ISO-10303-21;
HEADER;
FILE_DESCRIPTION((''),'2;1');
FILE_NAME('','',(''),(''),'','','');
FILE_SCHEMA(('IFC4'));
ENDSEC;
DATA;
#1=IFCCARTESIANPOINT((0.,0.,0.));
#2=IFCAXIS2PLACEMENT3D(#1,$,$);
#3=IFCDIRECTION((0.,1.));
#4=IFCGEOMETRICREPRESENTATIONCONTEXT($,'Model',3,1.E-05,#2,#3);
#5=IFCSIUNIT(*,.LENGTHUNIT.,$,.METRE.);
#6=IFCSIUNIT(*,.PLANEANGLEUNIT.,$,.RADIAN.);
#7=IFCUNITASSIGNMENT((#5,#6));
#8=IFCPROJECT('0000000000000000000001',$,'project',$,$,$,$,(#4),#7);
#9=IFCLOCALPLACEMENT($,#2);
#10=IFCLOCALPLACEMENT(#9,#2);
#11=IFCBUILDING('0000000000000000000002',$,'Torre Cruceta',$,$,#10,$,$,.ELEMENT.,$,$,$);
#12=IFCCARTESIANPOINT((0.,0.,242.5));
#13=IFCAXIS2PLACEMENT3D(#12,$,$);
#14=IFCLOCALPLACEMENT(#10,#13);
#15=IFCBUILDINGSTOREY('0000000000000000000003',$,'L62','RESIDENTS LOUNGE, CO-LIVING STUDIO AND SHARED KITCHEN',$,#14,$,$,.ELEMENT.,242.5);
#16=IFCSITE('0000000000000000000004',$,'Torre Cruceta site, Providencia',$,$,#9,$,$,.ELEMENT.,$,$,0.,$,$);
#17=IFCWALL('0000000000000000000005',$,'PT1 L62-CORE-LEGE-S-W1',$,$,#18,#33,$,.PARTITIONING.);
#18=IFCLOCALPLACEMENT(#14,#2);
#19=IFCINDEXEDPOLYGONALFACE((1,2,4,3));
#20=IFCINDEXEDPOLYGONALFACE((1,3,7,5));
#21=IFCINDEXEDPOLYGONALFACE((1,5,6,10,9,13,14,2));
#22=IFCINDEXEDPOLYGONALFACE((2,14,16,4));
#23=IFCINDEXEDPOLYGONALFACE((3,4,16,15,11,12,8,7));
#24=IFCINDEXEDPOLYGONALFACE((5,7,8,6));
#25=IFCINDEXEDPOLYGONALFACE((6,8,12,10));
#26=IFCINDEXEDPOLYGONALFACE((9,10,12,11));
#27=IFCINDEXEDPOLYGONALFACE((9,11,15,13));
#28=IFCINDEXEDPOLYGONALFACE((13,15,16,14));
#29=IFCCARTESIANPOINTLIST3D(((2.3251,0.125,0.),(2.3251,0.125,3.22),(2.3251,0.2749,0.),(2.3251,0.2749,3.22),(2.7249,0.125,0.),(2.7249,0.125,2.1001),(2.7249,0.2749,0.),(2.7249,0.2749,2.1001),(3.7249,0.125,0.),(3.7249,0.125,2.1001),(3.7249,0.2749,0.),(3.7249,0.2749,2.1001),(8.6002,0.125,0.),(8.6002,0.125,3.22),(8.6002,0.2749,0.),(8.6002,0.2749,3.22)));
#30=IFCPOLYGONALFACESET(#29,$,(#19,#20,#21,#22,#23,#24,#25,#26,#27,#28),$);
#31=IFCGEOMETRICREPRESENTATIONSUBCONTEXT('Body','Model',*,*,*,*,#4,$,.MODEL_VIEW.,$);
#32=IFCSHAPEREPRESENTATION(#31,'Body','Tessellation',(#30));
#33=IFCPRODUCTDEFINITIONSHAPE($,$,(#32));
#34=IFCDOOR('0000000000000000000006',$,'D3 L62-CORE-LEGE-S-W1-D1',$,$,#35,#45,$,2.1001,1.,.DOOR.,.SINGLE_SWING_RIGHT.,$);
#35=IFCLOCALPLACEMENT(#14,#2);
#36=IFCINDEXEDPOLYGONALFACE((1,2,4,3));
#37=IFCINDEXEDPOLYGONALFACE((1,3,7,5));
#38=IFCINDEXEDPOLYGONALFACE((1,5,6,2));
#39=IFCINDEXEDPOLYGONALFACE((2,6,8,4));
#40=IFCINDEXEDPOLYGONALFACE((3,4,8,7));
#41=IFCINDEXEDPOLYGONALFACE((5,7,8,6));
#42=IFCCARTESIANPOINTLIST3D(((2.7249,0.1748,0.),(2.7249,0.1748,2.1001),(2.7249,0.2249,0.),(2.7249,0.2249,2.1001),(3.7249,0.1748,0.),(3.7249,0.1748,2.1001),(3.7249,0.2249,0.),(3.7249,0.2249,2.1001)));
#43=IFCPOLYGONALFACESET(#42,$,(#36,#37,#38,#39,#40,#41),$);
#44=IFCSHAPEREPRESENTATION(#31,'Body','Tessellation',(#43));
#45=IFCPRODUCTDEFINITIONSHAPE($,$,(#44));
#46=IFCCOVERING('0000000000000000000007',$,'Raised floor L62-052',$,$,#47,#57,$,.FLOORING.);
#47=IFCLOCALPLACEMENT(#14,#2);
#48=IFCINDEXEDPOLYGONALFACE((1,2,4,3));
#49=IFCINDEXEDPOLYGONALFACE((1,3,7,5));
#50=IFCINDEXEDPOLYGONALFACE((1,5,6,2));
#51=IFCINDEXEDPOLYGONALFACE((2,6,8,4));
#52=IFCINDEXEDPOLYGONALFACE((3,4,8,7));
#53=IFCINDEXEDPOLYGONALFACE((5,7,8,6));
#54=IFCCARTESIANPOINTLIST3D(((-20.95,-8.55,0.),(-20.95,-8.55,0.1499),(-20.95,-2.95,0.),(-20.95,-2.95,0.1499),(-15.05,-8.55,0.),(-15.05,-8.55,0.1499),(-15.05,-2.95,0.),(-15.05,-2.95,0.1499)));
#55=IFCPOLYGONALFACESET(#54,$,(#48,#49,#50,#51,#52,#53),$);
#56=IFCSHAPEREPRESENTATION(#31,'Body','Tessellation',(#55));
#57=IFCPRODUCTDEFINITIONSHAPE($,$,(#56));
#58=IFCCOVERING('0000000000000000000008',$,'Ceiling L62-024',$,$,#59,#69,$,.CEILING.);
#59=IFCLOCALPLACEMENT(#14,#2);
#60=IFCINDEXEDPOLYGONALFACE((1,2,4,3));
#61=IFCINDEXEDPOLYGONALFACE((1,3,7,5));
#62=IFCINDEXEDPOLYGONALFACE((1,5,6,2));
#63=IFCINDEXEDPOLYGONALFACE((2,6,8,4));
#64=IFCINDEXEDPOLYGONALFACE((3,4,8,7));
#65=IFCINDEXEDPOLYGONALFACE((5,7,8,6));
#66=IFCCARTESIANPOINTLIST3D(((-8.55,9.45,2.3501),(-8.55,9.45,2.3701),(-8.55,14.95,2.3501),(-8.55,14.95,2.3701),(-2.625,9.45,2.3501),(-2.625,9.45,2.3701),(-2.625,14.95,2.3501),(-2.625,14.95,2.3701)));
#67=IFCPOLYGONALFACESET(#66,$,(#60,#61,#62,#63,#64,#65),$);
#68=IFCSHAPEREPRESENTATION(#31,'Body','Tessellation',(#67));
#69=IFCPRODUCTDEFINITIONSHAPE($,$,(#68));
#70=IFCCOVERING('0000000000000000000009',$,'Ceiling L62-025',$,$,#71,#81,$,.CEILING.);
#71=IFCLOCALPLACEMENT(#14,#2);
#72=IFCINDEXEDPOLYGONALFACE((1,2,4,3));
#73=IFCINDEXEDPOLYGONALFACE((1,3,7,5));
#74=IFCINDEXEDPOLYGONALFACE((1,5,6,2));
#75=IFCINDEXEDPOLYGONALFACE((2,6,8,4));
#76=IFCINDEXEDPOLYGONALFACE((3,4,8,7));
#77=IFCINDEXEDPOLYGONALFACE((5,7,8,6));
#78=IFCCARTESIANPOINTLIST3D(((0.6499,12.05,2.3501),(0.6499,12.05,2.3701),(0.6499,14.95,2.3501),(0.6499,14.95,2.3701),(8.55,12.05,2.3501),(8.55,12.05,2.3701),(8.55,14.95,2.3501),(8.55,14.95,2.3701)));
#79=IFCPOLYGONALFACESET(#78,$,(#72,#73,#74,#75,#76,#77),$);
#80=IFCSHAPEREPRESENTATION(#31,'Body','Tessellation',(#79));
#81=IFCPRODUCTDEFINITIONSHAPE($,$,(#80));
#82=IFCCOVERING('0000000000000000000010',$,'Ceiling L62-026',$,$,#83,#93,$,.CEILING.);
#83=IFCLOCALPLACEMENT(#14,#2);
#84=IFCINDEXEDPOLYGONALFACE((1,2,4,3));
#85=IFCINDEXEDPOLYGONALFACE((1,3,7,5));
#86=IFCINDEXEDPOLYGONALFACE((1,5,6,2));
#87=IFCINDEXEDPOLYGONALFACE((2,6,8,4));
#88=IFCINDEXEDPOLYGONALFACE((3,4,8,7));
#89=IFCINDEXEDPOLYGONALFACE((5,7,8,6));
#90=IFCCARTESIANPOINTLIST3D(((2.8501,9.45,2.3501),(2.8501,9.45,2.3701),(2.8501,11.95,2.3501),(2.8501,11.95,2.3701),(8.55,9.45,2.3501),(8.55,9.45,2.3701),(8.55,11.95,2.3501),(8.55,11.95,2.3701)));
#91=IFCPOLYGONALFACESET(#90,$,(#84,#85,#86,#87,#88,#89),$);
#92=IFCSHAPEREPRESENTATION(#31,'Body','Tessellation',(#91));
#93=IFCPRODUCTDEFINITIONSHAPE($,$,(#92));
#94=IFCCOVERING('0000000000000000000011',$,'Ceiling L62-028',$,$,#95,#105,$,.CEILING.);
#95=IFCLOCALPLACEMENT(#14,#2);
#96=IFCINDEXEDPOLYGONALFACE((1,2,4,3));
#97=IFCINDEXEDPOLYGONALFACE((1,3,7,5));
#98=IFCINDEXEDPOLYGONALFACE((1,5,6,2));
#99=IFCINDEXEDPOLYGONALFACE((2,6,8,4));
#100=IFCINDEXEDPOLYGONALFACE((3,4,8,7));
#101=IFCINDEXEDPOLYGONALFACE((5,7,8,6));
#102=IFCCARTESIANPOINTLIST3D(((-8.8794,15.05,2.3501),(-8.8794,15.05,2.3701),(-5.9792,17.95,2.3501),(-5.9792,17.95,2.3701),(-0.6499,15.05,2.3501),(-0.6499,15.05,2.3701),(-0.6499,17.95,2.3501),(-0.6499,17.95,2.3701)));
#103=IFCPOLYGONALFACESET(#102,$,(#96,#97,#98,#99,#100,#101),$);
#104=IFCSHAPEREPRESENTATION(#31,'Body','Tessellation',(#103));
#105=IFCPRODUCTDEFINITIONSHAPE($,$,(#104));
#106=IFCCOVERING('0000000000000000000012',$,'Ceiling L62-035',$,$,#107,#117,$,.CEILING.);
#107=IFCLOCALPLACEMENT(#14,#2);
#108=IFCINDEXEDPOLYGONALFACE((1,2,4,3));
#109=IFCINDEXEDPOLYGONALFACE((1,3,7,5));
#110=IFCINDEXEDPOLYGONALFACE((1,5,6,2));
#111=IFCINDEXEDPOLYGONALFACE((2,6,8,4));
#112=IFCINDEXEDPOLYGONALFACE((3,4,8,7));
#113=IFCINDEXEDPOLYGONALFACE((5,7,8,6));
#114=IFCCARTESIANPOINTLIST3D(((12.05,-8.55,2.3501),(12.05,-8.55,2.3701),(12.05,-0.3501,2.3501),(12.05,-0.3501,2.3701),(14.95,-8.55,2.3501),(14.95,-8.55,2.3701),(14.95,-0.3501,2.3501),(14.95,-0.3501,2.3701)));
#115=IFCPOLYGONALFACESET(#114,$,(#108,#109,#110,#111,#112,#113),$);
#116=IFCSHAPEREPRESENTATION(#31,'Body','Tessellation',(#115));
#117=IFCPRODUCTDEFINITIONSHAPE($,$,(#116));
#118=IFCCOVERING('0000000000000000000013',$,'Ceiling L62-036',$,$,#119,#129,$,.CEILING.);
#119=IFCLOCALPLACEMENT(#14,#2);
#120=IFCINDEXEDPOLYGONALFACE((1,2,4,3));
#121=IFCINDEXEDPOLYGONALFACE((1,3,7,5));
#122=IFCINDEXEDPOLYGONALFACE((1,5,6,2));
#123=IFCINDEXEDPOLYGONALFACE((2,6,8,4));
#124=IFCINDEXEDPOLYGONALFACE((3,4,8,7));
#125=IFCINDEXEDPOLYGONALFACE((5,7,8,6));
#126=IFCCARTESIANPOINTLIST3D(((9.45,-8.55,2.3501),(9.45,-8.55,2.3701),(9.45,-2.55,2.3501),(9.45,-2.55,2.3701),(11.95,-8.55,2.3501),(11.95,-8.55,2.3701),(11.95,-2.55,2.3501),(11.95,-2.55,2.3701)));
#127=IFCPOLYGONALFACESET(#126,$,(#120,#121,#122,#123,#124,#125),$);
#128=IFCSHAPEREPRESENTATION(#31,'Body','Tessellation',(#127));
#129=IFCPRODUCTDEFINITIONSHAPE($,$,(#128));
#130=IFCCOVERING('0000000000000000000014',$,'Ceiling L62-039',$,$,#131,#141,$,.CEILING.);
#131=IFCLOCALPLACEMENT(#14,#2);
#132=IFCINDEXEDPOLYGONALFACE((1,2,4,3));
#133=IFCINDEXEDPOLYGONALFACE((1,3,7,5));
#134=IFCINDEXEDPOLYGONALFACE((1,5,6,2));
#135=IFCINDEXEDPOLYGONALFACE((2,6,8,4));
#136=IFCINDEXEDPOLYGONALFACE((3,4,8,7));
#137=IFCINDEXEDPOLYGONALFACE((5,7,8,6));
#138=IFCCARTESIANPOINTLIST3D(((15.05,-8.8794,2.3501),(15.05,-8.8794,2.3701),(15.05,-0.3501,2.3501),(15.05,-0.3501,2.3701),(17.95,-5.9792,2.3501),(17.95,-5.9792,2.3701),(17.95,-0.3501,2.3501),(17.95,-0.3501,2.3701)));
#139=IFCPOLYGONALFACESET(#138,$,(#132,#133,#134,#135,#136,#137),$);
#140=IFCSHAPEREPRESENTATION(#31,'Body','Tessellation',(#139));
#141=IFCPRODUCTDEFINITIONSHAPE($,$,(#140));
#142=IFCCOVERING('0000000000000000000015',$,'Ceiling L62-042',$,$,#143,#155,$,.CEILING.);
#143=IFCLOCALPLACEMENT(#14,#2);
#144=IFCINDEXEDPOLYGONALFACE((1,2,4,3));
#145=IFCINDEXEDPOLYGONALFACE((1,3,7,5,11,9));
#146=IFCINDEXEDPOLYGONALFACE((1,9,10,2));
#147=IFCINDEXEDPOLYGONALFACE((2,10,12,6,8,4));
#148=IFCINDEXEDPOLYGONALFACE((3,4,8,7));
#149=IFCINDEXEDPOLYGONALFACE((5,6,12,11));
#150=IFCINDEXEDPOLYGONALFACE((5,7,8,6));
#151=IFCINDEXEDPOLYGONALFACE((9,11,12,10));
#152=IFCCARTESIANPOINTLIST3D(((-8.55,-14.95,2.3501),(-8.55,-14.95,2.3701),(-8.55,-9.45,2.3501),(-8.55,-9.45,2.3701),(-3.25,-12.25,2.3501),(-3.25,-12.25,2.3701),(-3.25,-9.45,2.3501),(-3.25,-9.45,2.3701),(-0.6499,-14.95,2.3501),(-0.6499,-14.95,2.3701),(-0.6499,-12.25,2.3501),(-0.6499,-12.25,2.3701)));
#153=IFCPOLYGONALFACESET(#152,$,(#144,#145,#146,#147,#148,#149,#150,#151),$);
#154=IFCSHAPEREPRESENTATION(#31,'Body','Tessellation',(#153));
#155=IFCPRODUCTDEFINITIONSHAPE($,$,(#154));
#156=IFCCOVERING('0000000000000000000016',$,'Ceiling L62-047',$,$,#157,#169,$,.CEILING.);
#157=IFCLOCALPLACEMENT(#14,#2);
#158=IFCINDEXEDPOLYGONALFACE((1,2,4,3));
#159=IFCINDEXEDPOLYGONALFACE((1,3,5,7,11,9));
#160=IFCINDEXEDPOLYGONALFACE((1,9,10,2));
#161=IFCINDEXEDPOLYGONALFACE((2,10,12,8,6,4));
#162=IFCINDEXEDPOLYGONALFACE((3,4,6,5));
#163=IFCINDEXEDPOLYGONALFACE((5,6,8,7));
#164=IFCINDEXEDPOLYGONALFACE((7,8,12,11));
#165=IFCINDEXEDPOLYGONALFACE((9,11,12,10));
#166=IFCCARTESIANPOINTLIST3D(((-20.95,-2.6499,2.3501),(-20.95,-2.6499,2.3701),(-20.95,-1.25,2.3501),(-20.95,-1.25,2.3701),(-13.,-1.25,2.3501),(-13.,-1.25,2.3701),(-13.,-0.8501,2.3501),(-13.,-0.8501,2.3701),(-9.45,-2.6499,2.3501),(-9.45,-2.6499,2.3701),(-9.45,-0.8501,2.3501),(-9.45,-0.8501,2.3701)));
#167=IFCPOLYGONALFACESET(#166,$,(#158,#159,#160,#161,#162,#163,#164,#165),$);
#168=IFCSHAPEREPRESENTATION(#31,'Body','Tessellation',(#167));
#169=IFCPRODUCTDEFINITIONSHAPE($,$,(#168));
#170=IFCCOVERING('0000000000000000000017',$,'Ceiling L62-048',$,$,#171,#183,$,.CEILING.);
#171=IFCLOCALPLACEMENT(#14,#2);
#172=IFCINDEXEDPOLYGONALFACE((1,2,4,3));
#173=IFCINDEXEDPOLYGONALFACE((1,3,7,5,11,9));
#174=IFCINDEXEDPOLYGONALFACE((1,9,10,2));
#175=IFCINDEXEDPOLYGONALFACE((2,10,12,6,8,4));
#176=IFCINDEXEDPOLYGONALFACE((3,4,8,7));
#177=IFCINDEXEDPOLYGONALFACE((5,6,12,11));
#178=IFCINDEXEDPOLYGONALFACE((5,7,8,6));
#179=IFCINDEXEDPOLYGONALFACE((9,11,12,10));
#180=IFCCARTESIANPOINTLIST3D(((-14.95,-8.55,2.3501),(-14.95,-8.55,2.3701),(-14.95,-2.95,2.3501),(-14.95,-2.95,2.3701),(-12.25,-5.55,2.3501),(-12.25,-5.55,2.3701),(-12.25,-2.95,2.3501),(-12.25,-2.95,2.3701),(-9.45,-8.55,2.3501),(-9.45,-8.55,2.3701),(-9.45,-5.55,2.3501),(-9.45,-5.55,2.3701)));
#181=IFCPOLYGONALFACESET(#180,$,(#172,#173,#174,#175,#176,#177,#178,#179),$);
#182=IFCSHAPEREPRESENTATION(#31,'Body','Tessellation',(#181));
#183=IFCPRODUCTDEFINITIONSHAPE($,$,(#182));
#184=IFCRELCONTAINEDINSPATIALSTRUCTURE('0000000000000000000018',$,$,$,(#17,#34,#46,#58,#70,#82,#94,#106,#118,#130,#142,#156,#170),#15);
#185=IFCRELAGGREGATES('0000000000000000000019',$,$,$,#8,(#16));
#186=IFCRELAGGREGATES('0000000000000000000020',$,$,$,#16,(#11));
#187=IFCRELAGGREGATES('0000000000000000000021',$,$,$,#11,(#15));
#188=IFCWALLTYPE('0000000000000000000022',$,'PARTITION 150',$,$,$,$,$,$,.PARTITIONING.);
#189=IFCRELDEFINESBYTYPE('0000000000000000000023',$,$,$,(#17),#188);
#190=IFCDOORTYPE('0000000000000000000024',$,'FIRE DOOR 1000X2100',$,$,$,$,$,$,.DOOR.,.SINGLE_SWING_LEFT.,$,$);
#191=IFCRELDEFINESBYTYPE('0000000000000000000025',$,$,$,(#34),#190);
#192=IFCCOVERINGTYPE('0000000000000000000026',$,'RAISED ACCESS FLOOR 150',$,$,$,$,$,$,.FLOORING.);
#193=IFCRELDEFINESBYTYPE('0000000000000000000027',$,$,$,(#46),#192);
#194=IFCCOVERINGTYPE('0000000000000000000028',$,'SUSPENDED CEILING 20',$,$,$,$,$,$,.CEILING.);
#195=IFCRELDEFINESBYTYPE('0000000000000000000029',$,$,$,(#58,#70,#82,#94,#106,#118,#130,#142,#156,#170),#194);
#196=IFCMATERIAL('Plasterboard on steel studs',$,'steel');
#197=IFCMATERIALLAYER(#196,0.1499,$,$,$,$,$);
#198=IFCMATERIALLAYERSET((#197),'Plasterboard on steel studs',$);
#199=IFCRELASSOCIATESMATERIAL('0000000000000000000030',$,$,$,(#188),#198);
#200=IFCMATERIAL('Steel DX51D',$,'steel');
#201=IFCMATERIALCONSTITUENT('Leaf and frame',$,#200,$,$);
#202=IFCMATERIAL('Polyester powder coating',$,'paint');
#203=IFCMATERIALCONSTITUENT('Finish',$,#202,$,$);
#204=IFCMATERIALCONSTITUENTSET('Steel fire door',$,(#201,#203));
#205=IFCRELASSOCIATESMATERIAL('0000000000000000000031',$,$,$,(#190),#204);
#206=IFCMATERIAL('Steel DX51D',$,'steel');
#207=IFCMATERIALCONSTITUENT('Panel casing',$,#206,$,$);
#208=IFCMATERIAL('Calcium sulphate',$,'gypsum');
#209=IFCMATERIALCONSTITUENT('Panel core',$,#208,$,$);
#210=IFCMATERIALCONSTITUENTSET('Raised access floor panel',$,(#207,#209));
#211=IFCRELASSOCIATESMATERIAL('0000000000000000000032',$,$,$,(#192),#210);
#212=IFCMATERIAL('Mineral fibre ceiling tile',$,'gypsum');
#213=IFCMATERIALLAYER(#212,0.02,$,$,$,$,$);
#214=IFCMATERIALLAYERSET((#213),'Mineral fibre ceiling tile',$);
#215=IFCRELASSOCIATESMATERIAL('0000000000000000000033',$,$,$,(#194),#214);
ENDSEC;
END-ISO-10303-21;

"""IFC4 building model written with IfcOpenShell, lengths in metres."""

from ifc_helpers import new_model, si_unit, direction, frame, frame_2d, origin, place, context, subcontext, project, spatial, polyline, rectangle, outline, extrude, material, layer, layer_set, constituent, constituent_set, type_object, element, fill, save


model = new_model("IFC4")

# Units and contexts
model_context = context("Model", 3, precision=1e-05, world=origin(), true_north=direction((0.0, 1.0)))
body_context = subcontext(model_context, "Body", "Model", "MODEL_VIEW")
ifc_project = project(units=[si_unit("LENGTHUNIT", "METRE"), si_unit("PLANEANGLEUNIT", "RADIAN")], contexts=[model_context])

# Site, building, storey
site_placement = place(None, origin())
site = spatial("IfcSite", under=ifc_project, at=site_placement, Name="Torre Cruceta site, Providencia", CompositionType="ELEMENT", RefElevation=0.0)
building_placement = place(site_placement, origin())
building = spatial("IfcBuilding", under=site, at=building_placement, Name="Torre Cruceta", CompositionType="ELEMENT")
storey_placement = place(building_placement, frame((0.0, 0.0, 242.5)))
storey = spatial("IfcBuildingStorey", under=building, at=storey_placement, Name="L62", Description="RESIDENTS LOUNGE, CO-LIVING STUDIO AND SHARED KITCHEN", CompositionType="ELEMENT", Elevation=242.5)

# Wall, opening, door
ifc_material_1 = material(Name="Plasterboard on steel studs", Category="steel")
ifc_layer_1 = layer(ifc_material_1, 0.1499)
ifc_layer_set_1 = layer_set([ifc_layer_1], Name="Plasterboard on steel studs")
wall_type_1 = type_object("IfcWallType", Name="PARTITION 150", PredefinedType="PARTITIONING", material=ifc_layer_set_1)
wall_1_placement = place(storey_placement, frame((2.325, 0.2, 0.0), z_axis=(0.0, 0.0, 1.0), x_axis=(1.0, 0.0, 0.0)))
wall_1 = element("IfcWall", 1, at=wall_1_placement, inside=storey, type_object=wall_type_1, Name="PT1 L62-CORE-LEGE-S-W1", PredefinedType="PARTITIONING", context=body_context, shape_type="SweptSolid", body=[
    extrude(rectangle(XDim=6.2751, YDim=0.1499, at=frame_2d((3.1377, 0.0))), origin(), (0.0, 0.0, 1.0), 3.22),
])
opening_1_placement = place(wall_1_placement, frame((0.3999, 0.0, 0.0)))
opening_1 = element("IfcOpeningElement", 2, at=opening_1_placement, cuts=wall_1, PredefinedType="OPENING", context=body_context, shape_type="SweptSolid", body=[
    extrude(rectangle(XDim=1.0, YDim=2.1001, at=frame_2d((0.5, 1.05))), frame((0.0, 0.085, 0.0), z_axis=(0.0, -1.0, 0.0), x_axis=(1.0, 0.0, 0.0)), (0.0, 0.0, 1.0), 0.1699),
])
ifc_material_2 = material(Name="Steel DX51D", Category="steel")
ifc_constituent_1 = constituent(ifc_material_2, Name="Leaf and frame")
ifc_material_3 = material(Name="Polyester powder coating", Category="paint")
ifc_constituent_2 = constituent(ifc_material_3, Name="Finish")
ifc_constituent_set_1 = constituent_set(constituents=[ifc_constituent_1, ifc_constituent_2], Name="Steel fire door")
door_type_1 = type_object("IfcDoorType", Name="FIRE DOOR 1000X2100", OperationType="SINGLE_SWING_LEFT", PredefinedType="DOOR", material=ifc_constituent_set_1)
door_1_placement = place(opening_1_placement, frame((1.0, 0.0, 0.0), z_axis=(0.0, 0.0, 1.0), x_axis=(-1.0, 0.0, 0.0)))
door_1 = element("IfcDoor", 3, at=door_1_placement, inside=storey, type_object=door_type_1, Name="D3 L62-CORE-LEGE-S-W1-D1", OperationType="SINGLE_SWING_RIGHT", OverallHeight=2.1001, OverallWidth=1.0, PredefinedType="DOOR", context=body_context, shape_type="SweptSolid", body=[
    extrude(rectangle(XDim=1.0, YDim=2.1001, at=frame_2d((0.5, 1.05))), frame((0.0, 0.0251, 0.0), z_axis=(0.0, -1.0, 0.0), x_axis=(1.0, 0.0, 0.0)), (0.0, 0.0, 1.0), 0.05),
])
fill(opening_1, door_1)

# Coverings
ifc_material_4 = material(Name="Steel DX51D", Category="steel")
ifc_constituent_3 = constituent(ifc_material_4, Name="Panel casing")
ifc_material_5 = material(Name="Calcium sulphate", Category="gypsum")
ifc_constituent_4 = constituent(ifc_material_5, Name="Panel core")
ifc_constituent_set_2 = constituent_set(constituents=[ifc_constituent_3, ifc_constituent_4], Name="Raised access floor panel")
covering_type_1 = type_object("IfcCoveringType", Name="RAISED ACCESS FLOOR 150", PredefinedType="FLOORING", material=ifc_constituent_set_2)
covering_1_placement = place(storey_placement, origin())
element("IfcCovering", 4, at=covering_1_placement, inside=storey, type_object=covering_type_1, Name="Raised floor L62-052", PredefinedType="FLOORING", context=body_context, shape_type="SweptSolid", body=[
    extrude(outline(polyline([(-15.05, -2.95), (-15.05, -8.55), (-20.95, -8.55), (-20.95, -2.95), (-15.05, -2.95)])), origin(), (0.0, 0.0, 1.0), 0.1499),
])
ifc_material_6 = material(Name="Mineral fibre ceiling tile", Category="gypsum")
ifc_layer_2 = layer(ifc_material_6, 0.02)
ifc_layer_set_2 = layer_set([ifc_layer_2], Name="Mineral fibre ceiling tile")
covering_type_2 = type_object("IfcCoveringType", Name="SUSPENDED CEILING 20", PredefinedType="CEILING", material=ifc_layer_set_2)
covering_2_placement = place(storey_placement, frame((0.0, 0.0, 2.3501)))
element("IfcCovering", 5, at=covering_2_placement, inside=storey, type_object=covering_type_2, Name="Ceiling L62-024", PredefinedType="CEILING", context=body_context, shape_type="SweptSolid", body=[
    extrude(outline(polyline([(-2.625, 9.45), (-8.55, 9.45), (-8.55, 14.95), (-2.625, 14.95), (-2.625, 9.45)])), origin(), (0.0, 0.0, 1.0), 0.02),
])
covering_3_placement = place(storey_placement, frame((0.0, 0.0, 2.3501)))
element("IfcCovering", 6, at=covering_3_placement, inside=storey, type_object=covering_type_2, Name="Ceiling L62-025", PredefinedType="CEILING", context=body_context, shape_type="SweptSolid", body=[
    extrude(outline(polyline([(8.55, 14.95), (8.55, 12.05), (0.6499, 12.05), (0.6499, 14.95), (8.55, 14.95)])), origin(), (0.0, 0.0, 1.0), 0.02),
])
covering_4_placement = place(storey_placement, frame((0.0, 0.0, 2.3501)))
element("IfcCovering", 7, at=covering_4_placement, inside=storey, type_object=covering_type_2, Name="Ceiling L62-026", PredefinedType="CEILING", context=body_context, shape_type="SweptSolid", body=[
    extrude(outline(polyline([(8.55, 9.45), (2.8501, 9.45), (2.8501, 11.95), (8.55, 11.95), (8.55, 9.45)])), origin(), (0.0, 0.0, 1.0), 0.02),
])
covering_5_placement = place(storey_placement, frame((0.0, 0.0, 2.3501)))
element("IfcCovering", 8, at=covering_5_placement, inside=storey, type_object=covering_type_2, Name="Ceiling L62-028", PredefinedType="CEILING", context=body_context, shape_type="SweptSolid", body=[
    extrude(outline(polyline([(-5.9792, 17.95), (-0.6499, 17.95), (-0.6499, 15.05), (-8.8794, 15.05), (-5.9792, 17.95)])), origin(), (0.0, 0.0, 1.0), 0.02),
])
covering_6_placement = place(storey_placement, frame((0.0, 0.0, 2.3501)))
element("IfcCovering", 9, at=covering_6_placement, inside=storey, type_object=covering_type_2, Name="Ceiling L62-035", PredefinedType="CEILING", context=body_context, shape_type="SweptSolid", body=[
    extrude(outline(polyline([(14.95, -8.55), (12.05, -8.55), (12.05, -0.3501), (14.95, -0.3501), (14.95, -8.55)])), origin(), (0.0, 0.0, 1.0), 0.02),
])
covering_7_placement = place(storey_placement, frame((0.0, 0.0, 2.3501)))
element("IfcCovering", 10, at=covering_7_placement, inside=storey, type_object=covering_type_2, Name="Ceiling L62-036", PredefinedType="CEILING", context=body_context, shape_type="SweptSolid", body=[
    extrude(outline(polyline([(9.45, -8.55), (9.45, -2.55), (11.95, -2.55), (11.95, -8.55), (9.45, -8.55)])), origin(), (0.0, 0.0, 1.0), 0.02),
])
covering_8_placement = place(storey_placement, frame((0.0, 0.0, 2.3501)))
element("IfcCovering", 11, at=covering_8_placement, inside=storey, type_object=covering_type_2, Name="Ceiling L62-039", PredefinedType="CEILING", context=body_context, shape_type="SweptSolid", body=[
    extrude(outline(polyline([(15.05, -8.8794), (15.05, -0.3501), (17.95, -0.3501), (17.95, -5.9792), (15.05, -8.8794)])), origin(), (0.0, 0.0, 1.0), 0.02),
])
covering_9_placement = place(storey_placement, frame((0.0, 0.0, 2.3501)))
element("IfcCovering", 12, at=covering_9_placement, inside=storey, type_object=covering_type_2, Name="Ceiling L62-042", PredefinedType="CEILING", context=body_context, shape_type="SweptSolid", body=[
    extrude(outline(polyline([(-0.6499, -14.95), (-8.55, -14.95), (-8.55, -9.45), (-3.25, -9.45), (-3.25, -12.25), (-0.6499, -12.25), (-0.6499, -14.95)])), origin(), (0.0, 0.0, 1.0), 0.02),
])
covering_10_placement = place(storey_placement, frame((0.0, 0.0, 2.3501)))
element("IfcCovering", 13, at=covering_10_placement, inside=storey, type_object=covering_type_2, Name="Ceiling L62-047", PredefinedType="CEILING", context=body_context, shape_type="SweptSolid", body=[
    extrude(outline(polyline([(-9.45, -0.8501), (-9.45, -2.6499), (-20.95, -2.6499), (-20.95, -1.25), (-13.0, -1.25), (-13.0, -0.8501), (-9.45, -0.8501)])), origin(), (0.0, 0.0, 1.0), 0.02),
])
covering_11_placement = place(storey_placement, frame((0.0, 0.0, 2.3501)))
element("IfcCovering", 14, at=covering_11_placement, inside=storey, type_object=covering_type_2, Name="Ceiling L62-048", PredefinedType="CEILING", context=body_context, shape_type="SweptSolid", body=[
    extrude(outline(polyline([(-9.45, -8.55), (-14.95, -8.55), (-14.95, -2.95), (-12.25, -2.95), (-12.25, -5.55), (-9.45, -5.55), (-9.45, -8.55)])), origin(), (0.0, 0.0, 1.0), 0.02),
])

save(model, "model.ifc")
